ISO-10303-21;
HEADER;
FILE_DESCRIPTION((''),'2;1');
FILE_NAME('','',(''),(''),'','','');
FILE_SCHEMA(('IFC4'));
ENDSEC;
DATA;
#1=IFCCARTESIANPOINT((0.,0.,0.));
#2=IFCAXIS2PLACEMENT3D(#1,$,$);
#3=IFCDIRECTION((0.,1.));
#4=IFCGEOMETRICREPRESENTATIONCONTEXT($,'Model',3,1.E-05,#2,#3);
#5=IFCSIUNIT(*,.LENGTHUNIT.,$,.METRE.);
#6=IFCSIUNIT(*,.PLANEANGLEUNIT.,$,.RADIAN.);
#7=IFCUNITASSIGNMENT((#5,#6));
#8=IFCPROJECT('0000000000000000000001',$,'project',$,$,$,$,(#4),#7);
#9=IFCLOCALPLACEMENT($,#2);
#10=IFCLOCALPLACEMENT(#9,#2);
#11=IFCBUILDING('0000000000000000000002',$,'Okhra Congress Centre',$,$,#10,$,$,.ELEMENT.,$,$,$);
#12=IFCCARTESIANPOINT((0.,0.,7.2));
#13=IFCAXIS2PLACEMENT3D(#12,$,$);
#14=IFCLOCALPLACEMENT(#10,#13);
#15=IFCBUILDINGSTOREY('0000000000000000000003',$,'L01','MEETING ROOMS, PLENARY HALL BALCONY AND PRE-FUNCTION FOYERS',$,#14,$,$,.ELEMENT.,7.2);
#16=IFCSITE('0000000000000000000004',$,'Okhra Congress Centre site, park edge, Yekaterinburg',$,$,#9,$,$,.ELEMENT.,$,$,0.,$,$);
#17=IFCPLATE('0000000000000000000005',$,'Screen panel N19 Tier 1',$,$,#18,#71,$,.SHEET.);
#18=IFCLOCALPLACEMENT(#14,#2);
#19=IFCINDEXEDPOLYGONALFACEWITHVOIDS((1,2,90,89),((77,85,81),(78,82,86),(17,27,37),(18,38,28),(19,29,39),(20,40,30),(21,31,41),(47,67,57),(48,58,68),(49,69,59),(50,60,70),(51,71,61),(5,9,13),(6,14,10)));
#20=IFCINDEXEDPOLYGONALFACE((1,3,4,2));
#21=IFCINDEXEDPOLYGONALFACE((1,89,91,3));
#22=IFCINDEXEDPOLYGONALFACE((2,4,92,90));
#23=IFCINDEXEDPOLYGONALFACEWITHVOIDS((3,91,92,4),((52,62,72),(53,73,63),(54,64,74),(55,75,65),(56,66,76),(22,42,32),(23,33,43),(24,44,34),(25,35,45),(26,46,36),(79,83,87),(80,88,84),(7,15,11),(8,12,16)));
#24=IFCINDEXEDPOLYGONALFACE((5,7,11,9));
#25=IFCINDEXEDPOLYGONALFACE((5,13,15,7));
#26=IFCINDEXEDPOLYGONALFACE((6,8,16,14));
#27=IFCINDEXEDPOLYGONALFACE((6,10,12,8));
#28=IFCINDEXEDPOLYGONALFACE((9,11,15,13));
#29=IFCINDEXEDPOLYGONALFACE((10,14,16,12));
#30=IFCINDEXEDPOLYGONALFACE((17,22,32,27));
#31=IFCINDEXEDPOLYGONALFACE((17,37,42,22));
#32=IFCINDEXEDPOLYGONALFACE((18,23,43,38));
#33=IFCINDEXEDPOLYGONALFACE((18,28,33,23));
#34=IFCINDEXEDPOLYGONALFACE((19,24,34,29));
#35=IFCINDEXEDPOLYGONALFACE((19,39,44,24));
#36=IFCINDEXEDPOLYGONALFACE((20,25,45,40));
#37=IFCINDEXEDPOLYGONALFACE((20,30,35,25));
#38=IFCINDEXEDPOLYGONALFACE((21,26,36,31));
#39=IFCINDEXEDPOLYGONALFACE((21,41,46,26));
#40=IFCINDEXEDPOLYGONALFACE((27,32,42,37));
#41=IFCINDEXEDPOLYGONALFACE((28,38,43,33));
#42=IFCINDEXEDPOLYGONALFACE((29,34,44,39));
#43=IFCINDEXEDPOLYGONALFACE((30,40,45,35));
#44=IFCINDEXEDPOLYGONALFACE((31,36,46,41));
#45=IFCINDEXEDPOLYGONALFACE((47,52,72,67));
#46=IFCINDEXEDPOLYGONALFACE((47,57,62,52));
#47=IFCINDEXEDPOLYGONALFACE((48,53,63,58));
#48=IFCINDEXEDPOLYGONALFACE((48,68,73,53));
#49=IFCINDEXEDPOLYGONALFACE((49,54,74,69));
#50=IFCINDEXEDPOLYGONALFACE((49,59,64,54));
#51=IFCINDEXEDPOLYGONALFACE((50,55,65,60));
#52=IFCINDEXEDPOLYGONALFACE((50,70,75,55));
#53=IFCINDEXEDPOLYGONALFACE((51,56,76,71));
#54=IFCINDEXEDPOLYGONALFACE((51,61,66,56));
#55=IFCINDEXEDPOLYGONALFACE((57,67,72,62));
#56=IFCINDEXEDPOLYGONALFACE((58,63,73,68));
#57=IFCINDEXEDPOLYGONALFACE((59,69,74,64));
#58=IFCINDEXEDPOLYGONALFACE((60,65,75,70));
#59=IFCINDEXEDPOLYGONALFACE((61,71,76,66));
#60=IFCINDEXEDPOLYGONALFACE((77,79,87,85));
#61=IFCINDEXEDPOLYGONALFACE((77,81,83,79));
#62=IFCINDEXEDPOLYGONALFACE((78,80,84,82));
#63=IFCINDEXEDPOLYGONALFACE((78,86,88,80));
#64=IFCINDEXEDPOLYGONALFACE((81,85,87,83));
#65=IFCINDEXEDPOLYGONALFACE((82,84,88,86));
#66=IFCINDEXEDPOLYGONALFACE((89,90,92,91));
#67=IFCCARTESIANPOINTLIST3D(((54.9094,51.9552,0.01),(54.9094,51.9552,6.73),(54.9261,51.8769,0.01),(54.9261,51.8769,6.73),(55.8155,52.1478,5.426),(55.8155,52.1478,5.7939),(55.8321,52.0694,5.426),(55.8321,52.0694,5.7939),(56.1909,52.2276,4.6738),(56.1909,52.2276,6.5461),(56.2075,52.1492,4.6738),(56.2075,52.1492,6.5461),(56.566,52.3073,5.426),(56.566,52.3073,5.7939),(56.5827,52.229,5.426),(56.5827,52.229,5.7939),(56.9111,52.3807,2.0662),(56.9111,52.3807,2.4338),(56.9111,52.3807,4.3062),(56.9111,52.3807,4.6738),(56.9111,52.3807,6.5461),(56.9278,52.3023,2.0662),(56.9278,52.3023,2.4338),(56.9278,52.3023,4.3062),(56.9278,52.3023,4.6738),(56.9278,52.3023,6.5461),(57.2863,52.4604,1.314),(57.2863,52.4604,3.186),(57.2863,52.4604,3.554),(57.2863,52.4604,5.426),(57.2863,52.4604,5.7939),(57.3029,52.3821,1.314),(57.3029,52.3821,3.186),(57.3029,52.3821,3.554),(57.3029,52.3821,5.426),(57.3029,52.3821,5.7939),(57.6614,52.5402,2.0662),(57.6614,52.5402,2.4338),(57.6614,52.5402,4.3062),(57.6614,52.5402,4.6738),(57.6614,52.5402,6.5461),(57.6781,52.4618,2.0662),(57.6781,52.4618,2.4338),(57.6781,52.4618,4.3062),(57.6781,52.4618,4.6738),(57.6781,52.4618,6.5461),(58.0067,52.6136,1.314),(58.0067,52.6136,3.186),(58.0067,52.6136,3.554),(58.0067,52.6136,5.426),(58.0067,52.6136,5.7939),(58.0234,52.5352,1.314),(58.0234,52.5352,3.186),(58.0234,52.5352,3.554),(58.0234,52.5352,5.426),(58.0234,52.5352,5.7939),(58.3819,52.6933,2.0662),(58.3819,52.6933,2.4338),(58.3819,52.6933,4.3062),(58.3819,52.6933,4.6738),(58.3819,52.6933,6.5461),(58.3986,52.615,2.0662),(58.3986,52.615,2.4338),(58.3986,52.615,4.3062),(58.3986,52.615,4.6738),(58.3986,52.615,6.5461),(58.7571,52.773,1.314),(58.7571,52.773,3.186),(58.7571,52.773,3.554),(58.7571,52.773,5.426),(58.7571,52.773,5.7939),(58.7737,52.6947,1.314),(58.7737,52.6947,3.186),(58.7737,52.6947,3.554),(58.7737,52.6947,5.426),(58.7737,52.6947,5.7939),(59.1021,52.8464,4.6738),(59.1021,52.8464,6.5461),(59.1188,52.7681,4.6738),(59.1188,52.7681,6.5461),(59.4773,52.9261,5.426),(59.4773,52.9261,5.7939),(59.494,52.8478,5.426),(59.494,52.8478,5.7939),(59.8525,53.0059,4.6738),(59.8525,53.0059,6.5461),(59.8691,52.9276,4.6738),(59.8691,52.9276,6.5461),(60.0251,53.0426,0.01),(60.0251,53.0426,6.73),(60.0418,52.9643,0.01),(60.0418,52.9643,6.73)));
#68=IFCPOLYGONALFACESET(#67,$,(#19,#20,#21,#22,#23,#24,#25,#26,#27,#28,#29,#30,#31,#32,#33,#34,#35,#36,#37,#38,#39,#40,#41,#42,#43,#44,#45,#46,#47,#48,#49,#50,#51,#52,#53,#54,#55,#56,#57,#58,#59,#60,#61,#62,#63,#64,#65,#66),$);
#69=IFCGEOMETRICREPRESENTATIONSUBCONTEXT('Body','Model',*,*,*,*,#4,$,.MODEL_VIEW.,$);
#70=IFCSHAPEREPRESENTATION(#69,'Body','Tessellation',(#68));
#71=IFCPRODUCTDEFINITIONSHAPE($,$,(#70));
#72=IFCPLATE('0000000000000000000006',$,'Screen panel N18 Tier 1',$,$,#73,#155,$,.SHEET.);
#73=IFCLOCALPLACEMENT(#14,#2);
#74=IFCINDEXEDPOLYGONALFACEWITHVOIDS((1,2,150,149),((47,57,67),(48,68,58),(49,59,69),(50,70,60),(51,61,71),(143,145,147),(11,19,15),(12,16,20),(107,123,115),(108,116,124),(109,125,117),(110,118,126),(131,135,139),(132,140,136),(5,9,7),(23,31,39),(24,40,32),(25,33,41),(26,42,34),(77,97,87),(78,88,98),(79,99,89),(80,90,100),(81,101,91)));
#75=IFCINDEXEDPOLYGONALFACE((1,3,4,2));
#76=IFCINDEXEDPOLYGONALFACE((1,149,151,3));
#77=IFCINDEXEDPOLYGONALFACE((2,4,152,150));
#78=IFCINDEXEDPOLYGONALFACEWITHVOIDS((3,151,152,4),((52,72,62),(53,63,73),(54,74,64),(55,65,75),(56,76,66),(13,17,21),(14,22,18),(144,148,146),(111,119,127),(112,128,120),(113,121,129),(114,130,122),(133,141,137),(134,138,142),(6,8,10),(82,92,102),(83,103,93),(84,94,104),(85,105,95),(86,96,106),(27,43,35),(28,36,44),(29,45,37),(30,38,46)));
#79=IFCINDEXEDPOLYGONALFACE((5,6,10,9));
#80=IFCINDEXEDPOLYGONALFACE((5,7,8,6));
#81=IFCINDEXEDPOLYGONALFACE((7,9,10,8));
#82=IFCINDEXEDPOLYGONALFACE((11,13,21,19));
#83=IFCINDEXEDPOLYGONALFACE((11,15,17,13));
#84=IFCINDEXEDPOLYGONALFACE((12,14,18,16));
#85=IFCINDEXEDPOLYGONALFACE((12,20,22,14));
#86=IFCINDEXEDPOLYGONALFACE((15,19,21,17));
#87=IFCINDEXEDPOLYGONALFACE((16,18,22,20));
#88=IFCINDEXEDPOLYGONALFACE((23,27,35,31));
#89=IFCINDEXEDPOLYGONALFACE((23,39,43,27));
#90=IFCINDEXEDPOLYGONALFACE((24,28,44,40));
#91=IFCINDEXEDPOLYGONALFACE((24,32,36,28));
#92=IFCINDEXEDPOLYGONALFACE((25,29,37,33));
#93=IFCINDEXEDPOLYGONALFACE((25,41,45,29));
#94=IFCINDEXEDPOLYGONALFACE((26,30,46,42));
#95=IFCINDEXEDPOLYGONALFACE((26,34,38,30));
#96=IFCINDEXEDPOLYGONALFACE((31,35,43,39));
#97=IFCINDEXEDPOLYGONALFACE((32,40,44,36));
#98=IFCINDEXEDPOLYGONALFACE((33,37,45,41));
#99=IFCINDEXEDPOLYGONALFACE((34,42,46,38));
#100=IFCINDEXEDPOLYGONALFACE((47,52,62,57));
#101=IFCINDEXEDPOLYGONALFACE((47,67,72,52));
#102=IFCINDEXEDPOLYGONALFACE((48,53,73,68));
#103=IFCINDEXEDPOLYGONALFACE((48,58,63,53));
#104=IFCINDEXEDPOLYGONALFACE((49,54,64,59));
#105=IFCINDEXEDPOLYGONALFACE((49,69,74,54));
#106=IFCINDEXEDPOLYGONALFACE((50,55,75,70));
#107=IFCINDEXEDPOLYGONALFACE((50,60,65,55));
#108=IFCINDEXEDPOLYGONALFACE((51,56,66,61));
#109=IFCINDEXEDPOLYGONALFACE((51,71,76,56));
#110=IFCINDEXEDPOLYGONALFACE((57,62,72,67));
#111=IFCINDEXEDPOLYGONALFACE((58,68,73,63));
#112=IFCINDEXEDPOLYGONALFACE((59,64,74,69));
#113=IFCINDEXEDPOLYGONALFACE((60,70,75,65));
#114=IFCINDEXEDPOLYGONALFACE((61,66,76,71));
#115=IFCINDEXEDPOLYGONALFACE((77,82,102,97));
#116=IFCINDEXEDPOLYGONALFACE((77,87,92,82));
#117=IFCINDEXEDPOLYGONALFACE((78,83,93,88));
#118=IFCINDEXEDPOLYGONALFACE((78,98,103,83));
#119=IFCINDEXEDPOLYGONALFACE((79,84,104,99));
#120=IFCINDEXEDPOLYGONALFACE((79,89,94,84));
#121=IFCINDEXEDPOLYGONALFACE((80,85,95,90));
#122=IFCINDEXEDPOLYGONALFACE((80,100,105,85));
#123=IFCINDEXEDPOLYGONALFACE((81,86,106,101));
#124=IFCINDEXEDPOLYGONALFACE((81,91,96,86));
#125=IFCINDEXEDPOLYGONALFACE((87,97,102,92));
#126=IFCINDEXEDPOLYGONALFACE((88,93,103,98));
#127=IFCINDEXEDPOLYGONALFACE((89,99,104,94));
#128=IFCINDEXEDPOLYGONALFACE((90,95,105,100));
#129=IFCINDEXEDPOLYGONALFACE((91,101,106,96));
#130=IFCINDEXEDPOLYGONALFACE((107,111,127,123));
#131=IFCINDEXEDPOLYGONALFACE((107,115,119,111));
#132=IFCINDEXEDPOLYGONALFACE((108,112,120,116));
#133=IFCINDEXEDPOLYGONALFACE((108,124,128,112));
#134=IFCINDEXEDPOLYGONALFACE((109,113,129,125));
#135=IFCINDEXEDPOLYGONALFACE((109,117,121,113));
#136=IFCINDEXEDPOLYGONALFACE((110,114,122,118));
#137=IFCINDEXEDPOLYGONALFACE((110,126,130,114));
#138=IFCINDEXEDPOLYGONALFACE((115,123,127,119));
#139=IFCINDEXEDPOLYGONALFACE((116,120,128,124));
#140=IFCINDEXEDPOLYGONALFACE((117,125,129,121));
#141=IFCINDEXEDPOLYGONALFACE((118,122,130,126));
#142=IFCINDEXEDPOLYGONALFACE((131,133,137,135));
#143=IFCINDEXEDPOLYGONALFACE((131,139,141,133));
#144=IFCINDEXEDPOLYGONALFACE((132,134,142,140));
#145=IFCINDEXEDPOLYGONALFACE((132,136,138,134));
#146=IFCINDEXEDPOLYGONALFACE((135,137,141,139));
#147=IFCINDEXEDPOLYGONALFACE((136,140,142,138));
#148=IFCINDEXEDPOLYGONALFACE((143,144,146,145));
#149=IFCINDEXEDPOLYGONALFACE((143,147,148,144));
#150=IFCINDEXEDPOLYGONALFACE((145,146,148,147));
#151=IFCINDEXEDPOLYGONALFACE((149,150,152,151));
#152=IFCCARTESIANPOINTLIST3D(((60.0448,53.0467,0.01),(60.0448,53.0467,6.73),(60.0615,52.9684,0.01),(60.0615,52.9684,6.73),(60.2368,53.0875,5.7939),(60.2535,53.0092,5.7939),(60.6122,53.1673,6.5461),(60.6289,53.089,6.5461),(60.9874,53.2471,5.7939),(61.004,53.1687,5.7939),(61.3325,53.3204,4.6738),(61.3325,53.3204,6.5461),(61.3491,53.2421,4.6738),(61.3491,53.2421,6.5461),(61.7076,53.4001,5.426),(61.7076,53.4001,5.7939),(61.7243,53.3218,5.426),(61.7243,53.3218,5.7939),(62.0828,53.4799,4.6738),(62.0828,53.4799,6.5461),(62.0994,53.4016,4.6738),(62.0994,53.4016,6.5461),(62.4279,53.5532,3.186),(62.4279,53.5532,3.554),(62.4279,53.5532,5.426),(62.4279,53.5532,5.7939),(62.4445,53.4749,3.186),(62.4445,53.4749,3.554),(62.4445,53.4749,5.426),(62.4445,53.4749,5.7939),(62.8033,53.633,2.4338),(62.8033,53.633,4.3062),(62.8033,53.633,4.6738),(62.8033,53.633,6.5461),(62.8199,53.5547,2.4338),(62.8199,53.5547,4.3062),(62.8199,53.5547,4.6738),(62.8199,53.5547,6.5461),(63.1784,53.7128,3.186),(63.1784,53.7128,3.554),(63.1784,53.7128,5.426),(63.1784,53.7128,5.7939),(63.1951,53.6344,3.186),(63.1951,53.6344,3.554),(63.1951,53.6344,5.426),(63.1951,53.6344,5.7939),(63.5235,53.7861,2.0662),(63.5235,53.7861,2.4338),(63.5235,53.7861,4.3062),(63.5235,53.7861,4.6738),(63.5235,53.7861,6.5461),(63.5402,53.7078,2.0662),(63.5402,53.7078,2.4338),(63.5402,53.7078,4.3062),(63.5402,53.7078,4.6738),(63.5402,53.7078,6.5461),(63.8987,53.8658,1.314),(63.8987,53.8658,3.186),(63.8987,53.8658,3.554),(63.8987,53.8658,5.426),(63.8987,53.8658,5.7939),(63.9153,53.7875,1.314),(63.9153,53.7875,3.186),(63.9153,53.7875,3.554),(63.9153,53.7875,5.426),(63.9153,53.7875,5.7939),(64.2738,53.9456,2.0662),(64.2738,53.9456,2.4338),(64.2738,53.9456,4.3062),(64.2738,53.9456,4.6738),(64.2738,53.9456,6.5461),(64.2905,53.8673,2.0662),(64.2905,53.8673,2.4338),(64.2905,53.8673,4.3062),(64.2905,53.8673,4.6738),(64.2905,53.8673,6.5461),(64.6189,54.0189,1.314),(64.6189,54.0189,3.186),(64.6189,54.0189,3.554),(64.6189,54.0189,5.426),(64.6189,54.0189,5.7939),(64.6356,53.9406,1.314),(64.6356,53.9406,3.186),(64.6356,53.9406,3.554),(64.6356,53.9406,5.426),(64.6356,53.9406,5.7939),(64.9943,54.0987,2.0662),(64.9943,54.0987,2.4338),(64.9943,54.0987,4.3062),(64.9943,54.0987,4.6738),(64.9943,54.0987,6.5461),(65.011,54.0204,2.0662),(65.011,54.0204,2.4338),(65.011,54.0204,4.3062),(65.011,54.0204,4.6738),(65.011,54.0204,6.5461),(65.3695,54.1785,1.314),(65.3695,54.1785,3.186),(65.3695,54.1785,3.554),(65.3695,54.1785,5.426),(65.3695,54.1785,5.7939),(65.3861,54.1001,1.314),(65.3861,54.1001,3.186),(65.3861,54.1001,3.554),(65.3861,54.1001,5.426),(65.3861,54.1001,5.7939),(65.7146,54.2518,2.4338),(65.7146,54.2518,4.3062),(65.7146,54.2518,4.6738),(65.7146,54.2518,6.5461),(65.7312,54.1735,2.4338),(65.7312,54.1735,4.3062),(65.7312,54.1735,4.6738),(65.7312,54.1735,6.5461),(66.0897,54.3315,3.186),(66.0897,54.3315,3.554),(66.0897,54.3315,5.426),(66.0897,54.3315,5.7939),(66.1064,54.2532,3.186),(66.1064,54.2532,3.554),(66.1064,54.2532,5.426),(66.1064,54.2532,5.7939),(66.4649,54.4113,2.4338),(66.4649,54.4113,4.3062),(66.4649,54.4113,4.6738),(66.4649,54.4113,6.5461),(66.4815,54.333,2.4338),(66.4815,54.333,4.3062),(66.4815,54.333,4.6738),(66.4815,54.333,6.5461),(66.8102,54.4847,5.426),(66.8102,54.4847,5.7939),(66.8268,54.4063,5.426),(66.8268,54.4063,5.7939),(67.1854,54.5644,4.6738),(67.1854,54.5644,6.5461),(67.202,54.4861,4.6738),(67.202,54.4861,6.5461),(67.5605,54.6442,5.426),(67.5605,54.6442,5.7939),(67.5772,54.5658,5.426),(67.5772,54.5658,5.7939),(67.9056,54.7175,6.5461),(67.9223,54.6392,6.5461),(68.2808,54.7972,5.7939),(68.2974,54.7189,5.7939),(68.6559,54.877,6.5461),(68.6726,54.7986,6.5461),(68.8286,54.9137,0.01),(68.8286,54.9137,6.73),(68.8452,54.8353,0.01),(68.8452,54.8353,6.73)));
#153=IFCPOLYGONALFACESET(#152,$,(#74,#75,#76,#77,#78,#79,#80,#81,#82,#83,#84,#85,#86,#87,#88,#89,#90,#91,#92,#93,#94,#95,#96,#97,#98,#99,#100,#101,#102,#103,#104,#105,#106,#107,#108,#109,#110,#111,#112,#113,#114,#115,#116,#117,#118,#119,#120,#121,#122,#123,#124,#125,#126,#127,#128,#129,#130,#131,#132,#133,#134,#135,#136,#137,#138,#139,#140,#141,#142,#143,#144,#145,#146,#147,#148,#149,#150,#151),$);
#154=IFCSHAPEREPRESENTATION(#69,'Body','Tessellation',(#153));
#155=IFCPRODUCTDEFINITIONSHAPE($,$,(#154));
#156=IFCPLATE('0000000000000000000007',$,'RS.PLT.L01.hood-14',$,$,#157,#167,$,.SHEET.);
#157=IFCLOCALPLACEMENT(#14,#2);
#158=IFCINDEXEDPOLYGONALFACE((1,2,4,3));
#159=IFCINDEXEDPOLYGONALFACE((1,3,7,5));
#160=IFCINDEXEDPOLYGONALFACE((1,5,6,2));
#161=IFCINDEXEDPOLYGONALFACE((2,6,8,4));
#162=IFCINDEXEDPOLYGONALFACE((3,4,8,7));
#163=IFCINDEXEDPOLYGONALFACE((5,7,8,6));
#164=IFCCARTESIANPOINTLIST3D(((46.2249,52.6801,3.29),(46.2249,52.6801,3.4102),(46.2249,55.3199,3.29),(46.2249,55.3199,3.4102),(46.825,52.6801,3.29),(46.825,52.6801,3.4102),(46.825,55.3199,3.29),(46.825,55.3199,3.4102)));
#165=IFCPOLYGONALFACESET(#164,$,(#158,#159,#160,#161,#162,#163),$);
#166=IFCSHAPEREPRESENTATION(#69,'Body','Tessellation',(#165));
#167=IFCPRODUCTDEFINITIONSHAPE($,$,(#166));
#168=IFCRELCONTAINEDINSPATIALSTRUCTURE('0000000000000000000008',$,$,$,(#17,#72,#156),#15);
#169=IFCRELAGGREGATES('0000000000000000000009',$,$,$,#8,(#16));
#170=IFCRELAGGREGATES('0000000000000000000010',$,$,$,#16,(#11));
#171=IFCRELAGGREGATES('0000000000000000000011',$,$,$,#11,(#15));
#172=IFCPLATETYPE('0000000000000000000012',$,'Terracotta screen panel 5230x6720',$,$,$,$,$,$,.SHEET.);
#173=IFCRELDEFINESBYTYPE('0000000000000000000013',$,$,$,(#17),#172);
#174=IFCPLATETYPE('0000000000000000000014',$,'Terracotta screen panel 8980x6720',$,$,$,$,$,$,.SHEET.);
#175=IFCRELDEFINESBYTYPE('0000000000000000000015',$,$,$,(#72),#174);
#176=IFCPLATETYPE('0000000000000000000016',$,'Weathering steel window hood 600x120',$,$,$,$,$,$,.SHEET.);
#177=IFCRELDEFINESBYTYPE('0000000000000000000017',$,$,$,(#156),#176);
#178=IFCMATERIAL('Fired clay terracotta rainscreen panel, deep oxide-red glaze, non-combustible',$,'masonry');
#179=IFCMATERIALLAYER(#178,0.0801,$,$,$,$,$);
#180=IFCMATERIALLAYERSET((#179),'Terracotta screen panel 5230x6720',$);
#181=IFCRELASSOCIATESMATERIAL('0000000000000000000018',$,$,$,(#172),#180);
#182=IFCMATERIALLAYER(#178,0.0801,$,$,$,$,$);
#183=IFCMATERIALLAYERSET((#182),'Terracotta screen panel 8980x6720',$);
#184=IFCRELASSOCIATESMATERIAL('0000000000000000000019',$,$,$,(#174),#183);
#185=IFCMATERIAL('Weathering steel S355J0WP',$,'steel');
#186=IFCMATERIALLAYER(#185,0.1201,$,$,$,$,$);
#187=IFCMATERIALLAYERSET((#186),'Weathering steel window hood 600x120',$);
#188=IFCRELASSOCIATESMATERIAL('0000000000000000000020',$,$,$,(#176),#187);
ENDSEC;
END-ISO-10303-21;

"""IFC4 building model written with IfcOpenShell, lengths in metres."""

from ifc_helpers import new_model, si_unit, direction, frame, origin, origin_2d, place, context, subcontext, project, spatial, polyline, rectangle, outline, extrude, material, layer, layer_set, type_object, element, save


model = new_model("IFC4")

# Units and contexts
model_context = context("Model", 3, precision=1e-05, world=origin(), true_north=direction((0.0, 1.0)))
body_context = subcontext(model_context, "Body", "Model", "MODEL_VIEW")
ifc_project = project(units=[si_unit("LENGTHUNIT", "METRE"), si_unit("PLANEANGLEUNIT", "RADIAN")], contexts=[model_context])

# Site, building, storey
site_placement = place(None, origin())
site = spatial("IfcSite", under=ifc_project, at=site_placement, Name="Okhra Congress Centre site, park edge, Yekaterinburg", CompositionType="ELEMENT", RefElevation=0.0)
building_placement = place(site_placement, origin())
building = spatial("IfcBuilding", under=site, at=building_placement, Name="Okhra Congress Centre", CompositionType="ELEMENT")
storey_placement = place(building_placement, frame((0.0, 0.0, 7.2)))
storey = spatial("IfcBuildingStorey", under=building, at=storey_placement, Name="L01", Description="MEETING ROOMS, PLENARY HALL BALCONY AND PRE-FUNCTION FOYERS", CompositionType="ELEMENT", Elevation=7.2)

# Plates
ifc_material_1 = material(Name="Fired clay terracotta rainscreen panel, deep oxide-red glaze, non-combustible", Category="masonry")
ifc_layer_1 = layer(ifc_material_1, 0.0801)
ifc_layer_set_1 = layer_set([ifc_layer_1], Name="Terracotta screen panel 5230x6720")
plate_type_1 = type_object("IfcPlateType", Name="Terracotta screen panel 5230x6720", PredefinedType="SHEET", material=ifc_layer_set_1)
plate_1_placement = place(storey_placement, frame((60.0334, 53.0034, 0.01), z_axis=(0.0, 0.0, 1.0), x_axis=(-0.978147, -0.207916, 0.0)))
element("IfcPlate", 1, at=plate_1_placement, inside=storey, type_object=plate_type_1, Name="Screen panel N19 Tier 1", PredefinedType="SHEET", context=body_context, shape_type="SweptSolid", body=[
    extrude(outline(polyline([(0.0, 0.0), (5.23, 0.0), (5.23, 6.72), (0.0, 6.72), (0.0, 0.0)]), holes=[polyline([(1.2964, 1.304), (2.0635, 1.304), (1.6799, 2.0562), (1.2964, 1.304)]), polyline([(2.4165, 2.0562), (2.8, 1.304), (3.1836, 2.0562), (2.4165, 2.0562)]), polyline([(1.2964, 3.176), (1.6799, 2.4238), (2.0635, 3.176), (1.2964, 3.176)]), polyline([(2.4165, 2.4238), (3.1836, 2.4238), (2.8, 3.176), (2.4165, 2.4238)]), polyline([(1.2964, 3.5439), (2.0635, 3.5439), (1.6799, 4.2961), (1.2964, 3.5439)]), polyline([(2.4165, 4.2961), (2.8, 3.5439), (3.1836, 4.2961), (2.4165, 4.2961)]), polyline([(0.1765, 4.6638), (0.9436, 4.6638), (0.5601, 5.416), (0.1765, 4.6638)]), polyline([(1.2964, 5.416), (1.6799, 4.6638), (2.0635, 5.416), (1.2964, 5.416)]), polyline([(2.4165, 4.6638), (3.1836, 4.6638), (2.8, 5.416), (2.4165, 4.6638)]), polyline([(3.5364, 5.416), (3.9199, 4.6638), (4.3037, 5.416), (3.5364, 5.416)]), polyline([(0.1765, 6.5361), (0.5601, 5.7839), (0.9436, 6.5361), (0.1765, 6.5361)]), polyline([(1.2964, 5.7839), (2.0635, 5.7839), (1.6799, 6.5361), (1.2964, 5.7839)]), polyline([(2.4165, 6.5361), (2.8, 5.7839), (3.1836, 6.5361), (2.4165, 6.5361)]), polyline([(3.5364, 5.7839), (4.3037, 5.7839), (3.9199, 6.5361), (3.5364, 5.7839)])]), frame((0.0, 0.04, 0.0), z_axis=(0.0, -1.0, 0.0), x_axis=(1.0, 0.0, 0.0)), (0.0, 0.0, 1.0), 0.0801),
])
ifc_layer_2 = layer(ifc_material_1, 0.0801)
ifc_layer_set_2 = layer_set([ifc_layer_2], Name="Terracotta screen panel 8980x6720")
plate_type_2 = type_object("IfcPlateType", Name="Terracotta screen panel 8980x6720", PredefinedType="SHEET", material=ifc_layer_set_2)
plate_2_placement = place(storey_placement, frame((68.8369, 54.8745, 0.01), z_axis=(0.0, 0.0, 1.0), x_axis=(-0.97815, -0.207902, 0.0)))
element("IfcPlate", 2, at=plate_2_placement, inside=storey, type_object=plate_type_2, Name="Screen panel N18 Tier 1", PredefinedType="SHEET", context=body_context, shape_type="SweptSolid", body=[
    extrude(outline(polyline([(0.0, 0.0), (8.98, 0.0), (8.98, 6.72), (0.0, 6.72), (0.0, 0.0)]), holes=[polyline([(3.5364, 1.304), (4.3037, 1.304), (3.9199, 2.0562), (3.5364, 1.304)]), polyline([(4.6565, 2.0562), (5.04, 1.304), (5.4236, 2.0562), (4.6565, 2.0562)]), polyline([(2.4165, 2.4238), (3.1836, 2.4238), (2.8, 3.176), (2.4165, 2.4238)]), polyline([(3.5364, 3.176), (3.9199, 2.4238), (4.3037, 3.176), (3.5364, 3.176)]), polyline([(4.6565, 2.4238), (5.4236, 2.4238), (5.04, 3.176), (4.6565, 2.4238)]), polyline([(5.7764, 3.176), (6.1599, 2.4238), (6.5437, 3.176), (5.7764, 3.176)]), polyline([(2.4165, 4.2961), (2.8, 3.5439), (3.1836, 4.2961), (2.4165, 4.2961)]), polyline([(3.5364, 3.5439), (4.3037, 3.5439), (3.9199, 4.2961), (3.5364, 3.5439)]), polyline([(4.6565, 4.2961), (5.04, 3.5439), (5.4236, 4.2961), (4.6565, 4.2961)]), polyline([(5.7764, 3.5439), (6.5437, 3.5439), (6.1599, 4.2961), (5.7764, 3.5439)]), polyline([(1.2964, 5.416), (1.6799, 4.6638), (2.0635, 5.416), (1.2964, 5.416)]), polyline([(2.4165, 4.6638), (3.1836, 4.6638), (2.8, 5.416), (2.4165, 4.6638)]), polyline([(3.5364, 5.416), (3.9199, 4.6638), (4.3037, 5.416), (3.5364, 5.416)]), polyline([(4.6565, 4.6638), (5.4236, 4.6638), (5.04, 5.416), (4.6565, 4.6638)]), polyline([(5.7764, 5.416), (6.1599, 4.6638), (6.5437, 5.416), (5.7764, 5.416)]), polyline([(6.8965, 4.6638), (7.6636, 4.6638), (7.28, 5.416), (6.8965, 4.6638)]), polyline([(0.1765, 6.5361), (0.5601, 5.7839), (0.9436, 6.5361), (0.1765, 6.5361)]), polyline([(1.2964, 5.7839), (2.0635, 5.7839), (1.6799, 6.5361), (1.2964, 5.7839)]), polyline([(2.4165, 6.5361), (2.8, 5.7839), (3.1836, 6.5361), (2.4165, 6.5361)]), polyline([(3.5364, 5.7839), (4.3037, 5.7839), (3.9199, 6.5361), (3.5364, 5.7839)]), polyline([(4.6565, 6.5361), (5.04, 5.7839), (5.4236, 6.5361), (4.6565, 6.5361)]), polyline([(5.7764, 5.7839), (6.5437, 5.7839), (6.1599, 6.5361), (5.7764, 5.7839)]), polyline([(6.8965, 6.5361), (7.28, 5.7839), (7.6636, 6.5361), (6.8965, 6.5361)]), polyline([(8.0164, 5.7839), (8.7837, 5.7839), (8.3999, 6.5361), (8.0164, 5.7839)])]), frame((0.0, 0.04, 0.0), z_axis=(0.0, -1.0, 0.0), x_axis=(1.0, 0.0, 0.0)), (0.0, 0.0, 1.0), 0.0801),
])
ifc_material_2 = material(Name="Weathering steel S355J0WP", Category="steel")
ifc_layer_3 = layer(ifc_material_2, 0.1201)
ifc_layer_set_3 = layer_set([ifc_layer_3], Name="Weathering steel window hood 600x120")
plate_type_3 = type_object("IfcPlateType", Name="Weathering steel window hood 600x120", PredefinedType="SHEET", material=ifc_layer_set_3)
for number, where, z_axis, x_axis, name in (
    (3, (46.5249, 54.0, 3.29), (0.0, 0.0, 1.0), (0.0, 1.0, 0.0), "RS.PLT.L01.hood-14"),
):
    element("IfcPlate", number, at=place(storey_placement, frame(where, z_axis=z_axis, x_axis=x_axis)), inside=storey, type_object=plate_type_3, Name=name, PredefinedType="SHEET", context=body_context, shape_type="SweptSolid", body=[
        extrude(rectangle(XDim=2.6399, YDim=0.6001, at=origin_2d()), origin(), (0.0, 0.0, 1.0), 0.1201),
    ])

save(model, "model.ifc")
